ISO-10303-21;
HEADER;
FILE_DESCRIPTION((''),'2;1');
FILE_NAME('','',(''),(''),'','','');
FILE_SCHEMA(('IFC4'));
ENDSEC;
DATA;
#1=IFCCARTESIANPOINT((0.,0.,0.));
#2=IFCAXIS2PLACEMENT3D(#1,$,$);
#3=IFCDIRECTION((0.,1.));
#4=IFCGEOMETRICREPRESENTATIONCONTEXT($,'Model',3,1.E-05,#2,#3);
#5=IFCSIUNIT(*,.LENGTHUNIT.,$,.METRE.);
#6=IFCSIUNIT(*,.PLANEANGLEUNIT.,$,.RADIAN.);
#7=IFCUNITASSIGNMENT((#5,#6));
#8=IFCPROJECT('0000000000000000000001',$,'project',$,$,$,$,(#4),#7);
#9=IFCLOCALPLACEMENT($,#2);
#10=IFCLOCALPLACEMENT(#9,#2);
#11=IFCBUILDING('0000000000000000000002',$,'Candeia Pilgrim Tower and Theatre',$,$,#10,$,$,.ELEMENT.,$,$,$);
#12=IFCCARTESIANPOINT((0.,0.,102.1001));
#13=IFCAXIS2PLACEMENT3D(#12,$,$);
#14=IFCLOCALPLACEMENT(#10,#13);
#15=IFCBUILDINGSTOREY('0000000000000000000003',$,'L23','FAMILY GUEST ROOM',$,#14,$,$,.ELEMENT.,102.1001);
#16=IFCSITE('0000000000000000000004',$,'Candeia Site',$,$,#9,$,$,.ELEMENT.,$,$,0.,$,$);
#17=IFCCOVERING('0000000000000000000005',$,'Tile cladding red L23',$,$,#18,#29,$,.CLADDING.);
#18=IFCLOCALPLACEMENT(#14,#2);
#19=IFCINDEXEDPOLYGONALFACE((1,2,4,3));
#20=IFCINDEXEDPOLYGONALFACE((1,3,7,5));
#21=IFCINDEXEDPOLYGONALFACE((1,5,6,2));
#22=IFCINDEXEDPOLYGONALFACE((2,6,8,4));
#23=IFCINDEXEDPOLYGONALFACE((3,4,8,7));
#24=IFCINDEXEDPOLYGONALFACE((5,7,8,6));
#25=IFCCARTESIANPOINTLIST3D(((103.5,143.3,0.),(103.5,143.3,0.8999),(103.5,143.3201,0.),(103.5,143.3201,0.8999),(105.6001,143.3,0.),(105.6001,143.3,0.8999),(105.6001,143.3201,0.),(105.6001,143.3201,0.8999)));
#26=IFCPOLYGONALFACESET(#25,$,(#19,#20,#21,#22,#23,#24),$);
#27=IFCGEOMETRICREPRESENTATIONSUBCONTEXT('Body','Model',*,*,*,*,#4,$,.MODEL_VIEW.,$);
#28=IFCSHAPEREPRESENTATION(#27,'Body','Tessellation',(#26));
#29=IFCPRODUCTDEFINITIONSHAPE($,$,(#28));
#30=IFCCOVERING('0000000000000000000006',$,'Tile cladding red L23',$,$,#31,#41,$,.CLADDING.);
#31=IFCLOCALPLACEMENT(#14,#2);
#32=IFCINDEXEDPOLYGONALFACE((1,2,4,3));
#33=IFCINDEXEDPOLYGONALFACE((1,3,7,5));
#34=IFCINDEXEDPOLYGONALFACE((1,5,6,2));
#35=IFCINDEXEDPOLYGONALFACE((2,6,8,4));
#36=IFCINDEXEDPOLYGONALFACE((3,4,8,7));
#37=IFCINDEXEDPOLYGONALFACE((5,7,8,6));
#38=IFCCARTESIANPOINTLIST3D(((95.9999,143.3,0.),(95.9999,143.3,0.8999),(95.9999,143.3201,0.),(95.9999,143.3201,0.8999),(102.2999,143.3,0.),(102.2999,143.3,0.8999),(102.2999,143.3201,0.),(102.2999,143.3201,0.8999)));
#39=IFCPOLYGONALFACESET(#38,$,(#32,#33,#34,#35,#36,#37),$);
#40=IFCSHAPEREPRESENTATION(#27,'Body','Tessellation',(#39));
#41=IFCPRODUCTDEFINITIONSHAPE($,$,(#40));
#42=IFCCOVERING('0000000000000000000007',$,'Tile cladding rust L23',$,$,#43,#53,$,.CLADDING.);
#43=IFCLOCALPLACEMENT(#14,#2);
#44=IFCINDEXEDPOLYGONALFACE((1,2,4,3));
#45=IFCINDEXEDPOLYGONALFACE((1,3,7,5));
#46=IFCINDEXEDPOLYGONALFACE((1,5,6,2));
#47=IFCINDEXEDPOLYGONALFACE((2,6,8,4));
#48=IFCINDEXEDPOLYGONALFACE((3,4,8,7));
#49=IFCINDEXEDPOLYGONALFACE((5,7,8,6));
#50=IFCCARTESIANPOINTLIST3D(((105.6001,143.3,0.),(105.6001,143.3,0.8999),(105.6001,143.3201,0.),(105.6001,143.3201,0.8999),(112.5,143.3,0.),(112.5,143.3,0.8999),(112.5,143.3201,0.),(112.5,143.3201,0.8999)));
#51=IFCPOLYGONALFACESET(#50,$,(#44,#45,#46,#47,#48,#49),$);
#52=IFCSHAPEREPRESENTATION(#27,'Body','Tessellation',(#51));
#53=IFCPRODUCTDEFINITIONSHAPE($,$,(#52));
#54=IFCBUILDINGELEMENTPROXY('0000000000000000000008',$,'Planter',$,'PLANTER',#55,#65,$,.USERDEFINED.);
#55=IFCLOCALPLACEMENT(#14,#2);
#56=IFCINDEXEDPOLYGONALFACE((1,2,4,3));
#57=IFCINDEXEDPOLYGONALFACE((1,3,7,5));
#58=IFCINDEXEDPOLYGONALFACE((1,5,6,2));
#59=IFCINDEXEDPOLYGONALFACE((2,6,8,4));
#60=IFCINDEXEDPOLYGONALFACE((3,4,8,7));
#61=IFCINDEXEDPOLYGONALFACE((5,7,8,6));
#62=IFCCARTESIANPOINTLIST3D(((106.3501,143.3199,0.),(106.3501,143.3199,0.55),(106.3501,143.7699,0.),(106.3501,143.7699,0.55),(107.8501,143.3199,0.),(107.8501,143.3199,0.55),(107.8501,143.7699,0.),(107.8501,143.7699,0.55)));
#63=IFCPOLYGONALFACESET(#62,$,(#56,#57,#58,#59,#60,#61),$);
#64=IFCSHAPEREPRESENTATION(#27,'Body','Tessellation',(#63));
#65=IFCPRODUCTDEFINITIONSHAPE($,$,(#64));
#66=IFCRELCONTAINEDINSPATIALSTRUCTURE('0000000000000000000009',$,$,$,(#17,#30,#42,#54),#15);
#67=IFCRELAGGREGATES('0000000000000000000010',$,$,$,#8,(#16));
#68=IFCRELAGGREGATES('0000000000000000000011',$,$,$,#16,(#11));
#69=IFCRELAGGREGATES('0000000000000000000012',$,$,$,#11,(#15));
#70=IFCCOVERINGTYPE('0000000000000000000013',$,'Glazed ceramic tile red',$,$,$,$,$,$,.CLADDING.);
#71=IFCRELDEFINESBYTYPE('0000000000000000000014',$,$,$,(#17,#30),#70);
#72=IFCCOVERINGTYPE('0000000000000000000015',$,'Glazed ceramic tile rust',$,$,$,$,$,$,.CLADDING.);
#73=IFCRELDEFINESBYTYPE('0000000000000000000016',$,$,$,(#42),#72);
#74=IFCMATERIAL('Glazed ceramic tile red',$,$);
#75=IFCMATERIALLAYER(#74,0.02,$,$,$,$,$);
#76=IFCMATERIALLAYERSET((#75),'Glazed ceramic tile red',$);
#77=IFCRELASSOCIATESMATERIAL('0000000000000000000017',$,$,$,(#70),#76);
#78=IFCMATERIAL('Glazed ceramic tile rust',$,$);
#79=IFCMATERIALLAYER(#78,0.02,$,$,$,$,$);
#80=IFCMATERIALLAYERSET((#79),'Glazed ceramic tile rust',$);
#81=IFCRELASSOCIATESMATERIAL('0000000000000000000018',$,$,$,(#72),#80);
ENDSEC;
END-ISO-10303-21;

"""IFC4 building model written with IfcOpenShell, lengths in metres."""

from ifc_helpers import new_model, si_unit, direction, frame, origin, origin_2d, place, context, subcontext, project, spatial, rectangle, extrude, material, layer, layer_set, type_object, element, save


model = new_model("IFC4")

# Units and contexts
model_context = context("Model", 3, precision=1e-05, world=origin(), true_north=direction((0.0, 1.0)))
body_context = subcontext(model_context, "Body", "Model", "MODEL_VIEW")
ifc_project = project(units=[si_unit("LENGTHUNIT", "METRE"), si_unit("PLANEANGLEUNIT", "RADIAN")], contexts=[model_context])

# Site, building, storey
site_placement = place(None, origin())
site = spatial("IfcSite", under=ifc_project, at=site_placement, Name="Candeia Site", CompositionType="ELEMENT", RefElevation=0.0)
building_placement = place(site_placement, origin())
building = spatial("IfcBuilding", under=site, at=building_placement, Name="Candeia Pilgrim Tower and Theatre", CompositionType="ELEMENT")
storey_placement = place(building_placement, frame((0.0, 0.0, 102.1001)))
storey = spatial("IfcBuildingStorey", under=building, at=storey_placement, Name="L23", Description="FAMILY GUEST ROOM", CompositionType="ELEMENT", Elevation=102.1001)

# Coverings
ifc_material_1 = material(Name="Glazed ceramic tile red")
ifc_layer_1 = layer(ifc_material_1, 0.02)
ifc_layer_set_1 = layer_set([ifc_layer_1], Name="Glazed ceramic tile red")
covering_type_1 = type_object("IfcCoveringType", Name="Glazed ceramic tile red", PredefinedType="CLADDING", material=ifc_layer_set_1)
covering_1_placement = place(storey_placement, frame((104.55, 143.3101, 0.0), z_axis=(0.0, 0.0, 1.0), x_axis=(-1.0, 0.0, 0.0)))
element("IfcCovering", 1, at=covering_1_placement, inside=storey, type_object=covering_type_1, Name="Tile cladding red L23", PredefinedType="CLADDING", context=body_context, shape_type="SweptSolid", body=[
    extrude(rectangle(XDim=2.1001, YDim=0.02, at=origin_2d()), origin(), (0.0, 0.0, 1.0), 0.8999),
])
covering_2_placement = place(storey_placement, frame((99.1499, 143.3101, 0.0), z_axis=(0.0, 0.0, 1.0), x_axis=(-1.0, 0.0, 0.0)))
element("IfcCovering", 2, at=covering_2_placement, inside=storey, type_object=covering_type_1, Name="Tile cladding red L23", PredefinedType="CLADDING", context=body_context, shape_type="SweptSolid", body=[
    extrude(rectangle(XDim=6.3, YDim=0.02, at=origin_2d()), origin(), (0.0, 0.0, 1.0), 0.8999),
])
ifc_material_2 = material(Name="Glazed ceramic tile rust")
ifc_layer_2 = layer(ifc_material_2, 0.02)
ifc_layer_set_2 = layer_set([ifc_layer_2], Name="Glazed ceramic tile rust")
covering_type_2 = type_object("IfcCoveringType", Name="Glazed ceramic tile rust", PredefinedType="CLADDING", material=ifc_layer_set_2)
covering_3_placement = place(storey_placement, frame((109.05, 143.3101, 0.0), z_axis=(0.0, 0.0, 1.0), x_axis=(-1.0, 0.0, 0.0)))
element("IfcCovering", 3, at=covering_3_placement, inside=storey, type_object=covering_type_2, Name="Tile cladding rust L23", PredefinedType="CLADDING", context=body_context, shape_type="SweptSolid", body=[
    extrude(rectangle(XDim=6.8999, YDim=0.02, at=origin_2d()), origin(), (0.0, 0.0, 1.0), 0.8999),
])

# Building element proxy
proxy_placement = place(storey_placement, frame((107.1001, 143.5449, 0.0), z_axis=(0.0, 0.0, 1.0), x_axis=(-1.0, 0.0, 0.0)))
element("IfcBuildingElementProxy", 4, at=proxy_placement, inside=storey, Name="Planter", ObjectType="PLANTER", PredefinedType="USERDEFINED", context=body_context, shape_type="SweptSolid", body=[
    extrude(rectangle(XDim=1.5, YDim=0.45, at=origin_2d()), origin(), (0.0, 0.0, 1.0), 0.55),
])

save(model, "model.ifc")
